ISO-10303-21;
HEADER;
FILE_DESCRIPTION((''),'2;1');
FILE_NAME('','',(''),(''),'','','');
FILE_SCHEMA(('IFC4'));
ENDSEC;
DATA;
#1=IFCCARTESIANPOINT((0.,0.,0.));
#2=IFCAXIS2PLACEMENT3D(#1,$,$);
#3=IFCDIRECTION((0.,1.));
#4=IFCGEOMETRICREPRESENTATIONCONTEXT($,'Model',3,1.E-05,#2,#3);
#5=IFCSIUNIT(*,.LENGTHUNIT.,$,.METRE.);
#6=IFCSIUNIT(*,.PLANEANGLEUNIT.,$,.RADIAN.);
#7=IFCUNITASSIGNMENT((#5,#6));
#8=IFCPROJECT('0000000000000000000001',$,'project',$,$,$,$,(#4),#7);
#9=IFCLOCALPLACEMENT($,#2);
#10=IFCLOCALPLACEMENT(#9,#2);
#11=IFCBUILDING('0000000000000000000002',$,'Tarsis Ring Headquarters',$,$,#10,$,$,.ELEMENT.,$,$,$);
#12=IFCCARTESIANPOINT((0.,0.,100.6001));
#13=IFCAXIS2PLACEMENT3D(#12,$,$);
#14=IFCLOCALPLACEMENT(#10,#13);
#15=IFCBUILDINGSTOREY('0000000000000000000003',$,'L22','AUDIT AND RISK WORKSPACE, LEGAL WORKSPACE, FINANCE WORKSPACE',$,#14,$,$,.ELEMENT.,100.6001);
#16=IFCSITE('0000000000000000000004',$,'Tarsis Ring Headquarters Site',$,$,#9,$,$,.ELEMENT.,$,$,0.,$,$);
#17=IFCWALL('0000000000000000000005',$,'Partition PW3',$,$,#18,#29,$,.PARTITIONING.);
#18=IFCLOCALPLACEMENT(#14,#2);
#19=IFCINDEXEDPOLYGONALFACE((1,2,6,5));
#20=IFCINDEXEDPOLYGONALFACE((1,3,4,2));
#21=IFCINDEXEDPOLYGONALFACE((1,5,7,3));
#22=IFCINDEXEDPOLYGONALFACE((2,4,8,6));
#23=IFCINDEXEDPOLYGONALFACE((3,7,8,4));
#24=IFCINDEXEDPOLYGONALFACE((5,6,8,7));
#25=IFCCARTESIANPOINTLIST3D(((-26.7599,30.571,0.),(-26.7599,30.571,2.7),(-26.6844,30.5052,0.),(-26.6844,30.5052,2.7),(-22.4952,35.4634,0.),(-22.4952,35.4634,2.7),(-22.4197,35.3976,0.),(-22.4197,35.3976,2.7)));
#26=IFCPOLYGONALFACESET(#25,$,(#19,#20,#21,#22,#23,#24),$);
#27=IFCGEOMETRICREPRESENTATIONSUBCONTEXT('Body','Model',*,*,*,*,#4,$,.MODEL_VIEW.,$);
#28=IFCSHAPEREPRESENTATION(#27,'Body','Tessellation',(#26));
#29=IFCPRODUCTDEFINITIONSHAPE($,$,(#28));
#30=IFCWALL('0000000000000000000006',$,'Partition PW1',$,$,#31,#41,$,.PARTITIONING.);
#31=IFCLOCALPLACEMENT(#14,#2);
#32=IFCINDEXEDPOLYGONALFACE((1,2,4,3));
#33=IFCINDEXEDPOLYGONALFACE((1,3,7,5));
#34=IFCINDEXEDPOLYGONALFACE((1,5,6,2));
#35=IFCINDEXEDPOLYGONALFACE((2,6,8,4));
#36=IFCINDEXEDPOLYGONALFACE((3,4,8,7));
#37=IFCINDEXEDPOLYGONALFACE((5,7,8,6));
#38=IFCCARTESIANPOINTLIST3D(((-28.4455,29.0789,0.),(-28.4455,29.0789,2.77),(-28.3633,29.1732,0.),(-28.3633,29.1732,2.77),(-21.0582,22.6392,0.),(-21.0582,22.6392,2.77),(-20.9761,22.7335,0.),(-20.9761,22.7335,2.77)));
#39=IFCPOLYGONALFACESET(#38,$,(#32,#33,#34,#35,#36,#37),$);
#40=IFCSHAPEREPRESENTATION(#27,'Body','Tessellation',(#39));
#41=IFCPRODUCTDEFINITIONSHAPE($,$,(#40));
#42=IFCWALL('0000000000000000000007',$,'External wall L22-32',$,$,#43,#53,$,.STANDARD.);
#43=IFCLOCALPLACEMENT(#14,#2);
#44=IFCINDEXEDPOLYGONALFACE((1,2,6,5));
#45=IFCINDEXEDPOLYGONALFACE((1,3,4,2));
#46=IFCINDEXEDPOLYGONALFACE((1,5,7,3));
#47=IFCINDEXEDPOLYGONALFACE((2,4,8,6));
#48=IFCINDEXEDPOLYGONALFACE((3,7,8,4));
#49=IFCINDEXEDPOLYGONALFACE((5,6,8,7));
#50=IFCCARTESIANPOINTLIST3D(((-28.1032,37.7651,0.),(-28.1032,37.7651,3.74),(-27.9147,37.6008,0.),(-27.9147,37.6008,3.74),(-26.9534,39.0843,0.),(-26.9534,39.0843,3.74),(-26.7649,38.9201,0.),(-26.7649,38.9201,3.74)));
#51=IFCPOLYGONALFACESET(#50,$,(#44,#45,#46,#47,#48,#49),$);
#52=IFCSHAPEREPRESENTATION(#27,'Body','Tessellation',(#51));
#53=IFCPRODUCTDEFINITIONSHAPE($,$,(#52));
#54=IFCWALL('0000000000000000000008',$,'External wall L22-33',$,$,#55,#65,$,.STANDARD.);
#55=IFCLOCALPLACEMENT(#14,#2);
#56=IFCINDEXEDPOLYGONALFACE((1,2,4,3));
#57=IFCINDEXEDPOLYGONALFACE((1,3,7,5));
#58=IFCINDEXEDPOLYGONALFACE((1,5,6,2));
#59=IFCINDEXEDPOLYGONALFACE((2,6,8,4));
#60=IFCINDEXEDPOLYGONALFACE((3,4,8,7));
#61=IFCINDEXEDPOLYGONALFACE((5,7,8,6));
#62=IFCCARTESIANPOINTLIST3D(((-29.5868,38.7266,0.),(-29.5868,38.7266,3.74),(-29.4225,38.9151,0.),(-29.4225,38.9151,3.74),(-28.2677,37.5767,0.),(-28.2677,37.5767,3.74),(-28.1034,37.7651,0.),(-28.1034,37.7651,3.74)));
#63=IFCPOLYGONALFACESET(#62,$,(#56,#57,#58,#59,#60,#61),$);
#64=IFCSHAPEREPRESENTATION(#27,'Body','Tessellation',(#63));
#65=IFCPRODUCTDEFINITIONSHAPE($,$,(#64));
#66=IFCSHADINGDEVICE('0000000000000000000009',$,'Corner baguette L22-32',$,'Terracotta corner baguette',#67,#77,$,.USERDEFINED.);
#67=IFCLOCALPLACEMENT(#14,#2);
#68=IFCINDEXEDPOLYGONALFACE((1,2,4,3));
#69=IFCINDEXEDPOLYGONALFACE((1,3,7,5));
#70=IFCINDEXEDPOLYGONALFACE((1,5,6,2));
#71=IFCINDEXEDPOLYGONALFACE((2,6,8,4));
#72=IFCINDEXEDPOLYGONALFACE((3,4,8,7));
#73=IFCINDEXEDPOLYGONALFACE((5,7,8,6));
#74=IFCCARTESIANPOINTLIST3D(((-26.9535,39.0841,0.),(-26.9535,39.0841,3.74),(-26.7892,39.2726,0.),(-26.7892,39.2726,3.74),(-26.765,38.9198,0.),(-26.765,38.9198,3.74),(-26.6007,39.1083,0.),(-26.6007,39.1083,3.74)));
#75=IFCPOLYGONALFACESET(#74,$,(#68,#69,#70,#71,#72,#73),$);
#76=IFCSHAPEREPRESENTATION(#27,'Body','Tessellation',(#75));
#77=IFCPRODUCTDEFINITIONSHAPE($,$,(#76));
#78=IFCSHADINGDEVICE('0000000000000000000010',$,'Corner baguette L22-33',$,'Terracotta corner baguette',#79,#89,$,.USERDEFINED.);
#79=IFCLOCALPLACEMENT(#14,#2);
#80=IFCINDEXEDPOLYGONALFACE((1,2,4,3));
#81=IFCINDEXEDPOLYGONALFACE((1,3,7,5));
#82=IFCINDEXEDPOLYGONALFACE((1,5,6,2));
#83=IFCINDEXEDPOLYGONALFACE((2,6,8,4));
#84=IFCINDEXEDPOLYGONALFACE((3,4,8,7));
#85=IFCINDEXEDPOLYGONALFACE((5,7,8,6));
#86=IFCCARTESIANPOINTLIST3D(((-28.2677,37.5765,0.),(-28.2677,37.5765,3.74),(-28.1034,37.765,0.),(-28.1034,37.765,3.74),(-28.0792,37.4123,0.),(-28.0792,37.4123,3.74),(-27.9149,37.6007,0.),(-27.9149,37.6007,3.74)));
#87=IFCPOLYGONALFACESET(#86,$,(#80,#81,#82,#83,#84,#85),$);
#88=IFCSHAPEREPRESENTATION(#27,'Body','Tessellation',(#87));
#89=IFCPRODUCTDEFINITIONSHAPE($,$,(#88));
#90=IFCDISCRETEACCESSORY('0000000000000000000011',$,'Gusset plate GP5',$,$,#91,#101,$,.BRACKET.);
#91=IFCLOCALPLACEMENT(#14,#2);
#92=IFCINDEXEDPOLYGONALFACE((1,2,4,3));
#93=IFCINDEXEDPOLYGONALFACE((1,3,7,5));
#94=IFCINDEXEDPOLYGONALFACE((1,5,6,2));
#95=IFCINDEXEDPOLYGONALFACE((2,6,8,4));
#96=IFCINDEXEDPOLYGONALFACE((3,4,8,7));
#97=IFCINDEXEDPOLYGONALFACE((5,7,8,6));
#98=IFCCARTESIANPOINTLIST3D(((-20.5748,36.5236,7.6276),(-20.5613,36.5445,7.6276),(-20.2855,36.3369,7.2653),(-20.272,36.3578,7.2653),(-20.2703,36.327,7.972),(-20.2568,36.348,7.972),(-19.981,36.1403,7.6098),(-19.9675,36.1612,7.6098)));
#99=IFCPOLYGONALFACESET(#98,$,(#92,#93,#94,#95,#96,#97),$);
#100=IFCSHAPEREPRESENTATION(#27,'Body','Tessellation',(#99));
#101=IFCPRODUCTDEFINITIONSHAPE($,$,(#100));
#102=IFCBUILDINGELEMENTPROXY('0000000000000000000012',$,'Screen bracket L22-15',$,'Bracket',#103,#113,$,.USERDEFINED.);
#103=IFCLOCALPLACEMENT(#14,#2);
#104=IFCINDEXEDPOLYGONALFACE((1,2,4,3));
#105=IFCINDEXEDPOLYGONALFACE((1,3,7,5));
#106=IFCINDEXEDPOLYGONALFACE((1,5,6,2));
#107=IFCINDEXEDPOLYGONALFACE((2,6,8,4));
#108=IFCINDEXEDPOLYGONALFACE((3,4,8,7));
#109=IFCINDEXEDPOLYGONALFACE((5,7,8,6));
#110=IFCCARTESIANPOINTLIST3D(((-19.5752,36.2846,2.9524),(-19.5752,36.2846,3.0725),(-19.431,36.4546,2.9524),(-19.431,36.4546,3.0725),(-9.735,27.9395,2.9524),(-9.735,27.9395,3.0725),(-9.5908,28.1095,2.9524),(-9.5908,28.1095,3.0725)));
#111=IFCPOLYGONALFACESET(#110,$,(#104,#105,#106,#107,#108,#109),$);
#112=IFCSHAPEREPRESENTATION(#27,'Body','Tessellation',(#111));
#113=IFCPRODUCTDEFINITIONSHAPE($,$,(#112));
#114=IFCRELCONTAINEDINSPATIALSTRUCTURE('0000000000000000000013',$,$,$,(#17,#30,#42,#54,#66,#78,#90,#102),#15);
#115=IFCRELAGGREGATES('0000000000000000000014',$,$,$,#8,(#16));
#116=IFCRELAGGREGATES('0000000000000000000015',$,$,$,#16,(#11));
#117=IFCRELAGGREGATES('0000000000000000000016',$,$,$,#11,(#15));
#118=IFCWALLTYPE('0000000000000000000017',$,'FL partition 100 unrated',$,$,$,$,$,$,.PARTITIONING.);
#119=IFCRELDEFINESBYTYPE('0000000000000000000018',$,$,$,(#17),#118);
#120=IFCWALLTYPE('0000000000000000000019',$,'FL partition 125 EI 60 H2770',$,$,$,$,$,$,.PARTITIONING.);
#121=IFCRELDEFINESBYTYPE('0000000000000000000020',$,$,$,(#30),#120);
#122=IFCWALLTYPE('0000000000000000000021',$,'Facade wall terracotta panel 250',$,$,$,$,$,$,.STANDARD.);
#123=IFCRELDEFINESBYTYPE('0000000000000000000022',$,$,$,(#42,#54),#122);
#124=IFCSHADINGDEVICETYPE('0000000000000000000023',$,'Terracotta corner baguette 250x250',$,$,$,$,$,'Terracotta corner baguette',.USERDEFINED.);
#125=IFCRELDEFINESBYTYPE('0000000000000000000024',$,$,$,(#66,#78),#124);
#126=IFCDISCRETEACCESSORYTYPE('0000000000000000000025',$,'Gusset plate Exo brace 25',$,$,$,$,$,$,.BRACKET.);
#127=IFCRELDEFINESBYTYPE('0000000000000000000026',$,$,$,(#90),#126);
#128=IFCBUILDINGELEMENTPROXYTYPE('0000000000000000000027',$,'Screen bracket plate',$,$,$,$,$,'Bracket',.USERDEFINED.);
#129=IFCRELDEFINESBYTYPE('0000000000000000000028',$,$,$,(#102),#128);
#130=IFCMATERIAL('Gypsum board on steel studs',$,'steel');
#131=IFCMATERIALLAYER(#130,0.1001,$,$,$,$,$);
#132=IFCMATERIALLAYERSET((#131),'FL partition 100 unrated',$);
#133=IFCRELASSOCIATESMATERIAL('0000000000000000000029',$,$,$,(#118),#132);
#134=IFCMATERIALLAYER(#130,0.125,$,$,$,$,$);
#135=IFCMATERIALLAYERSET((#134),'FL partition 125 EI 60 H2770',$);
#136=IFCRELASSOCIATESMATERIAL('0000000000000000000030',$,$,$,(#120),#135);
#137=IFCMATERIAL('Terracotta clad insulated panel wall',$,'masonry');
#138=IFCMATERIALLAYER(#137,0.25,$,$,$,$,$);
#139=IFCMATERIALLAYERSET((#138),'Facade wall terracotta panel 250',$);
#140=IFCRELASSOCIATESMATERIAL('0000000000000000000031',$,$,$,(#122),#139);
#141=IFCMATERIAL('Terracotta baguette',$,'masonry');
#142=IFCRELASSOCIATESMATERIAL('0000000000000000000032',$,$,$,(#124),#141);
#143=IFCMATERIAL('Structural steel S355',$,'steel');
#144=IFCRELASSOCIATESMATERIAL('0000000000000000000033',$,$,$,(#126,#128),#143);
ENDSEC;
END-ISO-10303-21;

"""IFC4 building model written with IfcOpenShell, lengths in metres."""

from ifc_helpers import new_model, si_unit, direction, frame, frame_2d, origin, origin_2d, place, context, subcontext, project, spatial, rectangle, extrude, material, layer, layer_set, material_profile, profile_set, type_object, element, save


model = new_model("IFC4")

# Units and contexts
model_context = context("Model", 3, precision=1e-05, world=origin(), true_north=direction((0.0, 1.0)))
body_context = subcontext(model_context, "Body", "Model", "MODEL_VIEW")
ifc_project = project(units=[si_unit("LENGTHUNIT", "METRE"), si_unit("PLANEANGLEUNIT", "RADIAN")], contexts=[model_context])

# Site, building, storey
site_placement = place(None, origin())
site = spatial("IfcSite", under=ifc_project, at=site_placement, Name="Tarsis Ring Headquarters Site", CompositionType="ELEMENT", RefElevation=0.0)
building_placement = place(site_placement, origin())
building = spatial("IfcBuilding", under=site, at=building_placement, Name="Tarsis Ring Headquarters", CompositionType="ELEMENT")
storey_placement = place(building_placement, frame((0.0, 0.0, 100.6001)))
storey = spatial("IfcBuildingStorey", under=building, at=storey_placement, Name="L22", Description="AUDIT AND RISK WORKSPACE, LEGAL WORKSPACE, FINANCE WORKSPACE", CompositionType="ELEMENT", Elevation=100.6001)

# Shared definitions
ifc_material_1 = material(Name="Structural steel S355", Category="steel")

# Walls
ifc_material_2 = material(Name="Gypsum board on steel studs", Category="steel")
ifc_layer_1 = layer(ifc_material_2, 0.1001)
ifc_layer_set_1 = layer_set([ifc_layer_1], Name="FL partition 100 unrated")
wall_type_1 = type_object("IfcWallType", Name="FL partition 100 unrated", PredefinedType="PARTITIONING", material=ifc_layer_set_1)
wall_1_placement = place(storey_placement, frame((-26.7222, 30.5381, 0.0), z_axis=(0.0, 0.0, 1.0), x_axis=(0.657095, 0.753808, 0.0)))
element("IfcWall", 1, at=wall_1_placement, inside=storey, type_object=wall_type_1, Name="Partition PW3", PredefinedType="PARTITIONING", context=body_context, shape_type="SweptSolid", body=[
    extrude(rectangle(XDim=6.4902, YDim=0.1001, at=frame_2d((3.2451, 0.0))), origin(), (0.0, 0.0, 1.0), 2.7),
])
ifc_layer_2 = layer(ifc_material_2, 0.125)
ifc_layer_set_2 = layer_set([ifc_layer_2], Name="FL partition 125 EI 60 H2770")
wall_type_2 = type_object("IfcWallType", Name="FL partition 125 EI 60 H2770", PredefinedType="PARTITIONING", material=ifc_layer_set_2)
wall_2_placement = place(storey_placement, frame((-28.4043, 29.126, 0.0), z_axis=(0.0, 0.0, 1.0), x_axis=(0.753795, -0.65711, 0.0)))
element("IfcWall", 2, at=wall_2_placement, inside=storey, type_object=wall_type_2, Name="Partition PW1", PredefinedType="PARTITIONING", context=body_context, shape_type="SweptSolid", body=[
    extrude(rectangle(XDim=9.8, YDim=0.125, at=frame_2d((4.8999, 0.0))), origin(), (0.0, 0.0, 1.0), 2.77),
])
ifc_material_3 = material(Name="Terracotta clad insulated panel wall", Category="masonry")
ifc_layer_3 = layer(ifc_material_3, 0.25)
ifc_layer_set_3 = layer_set([ifc_layer_3], Name="Facade wall terracotta panel 250")
wall_type_3 = type_object("IfcWallType", Name="Facade wall terracotta panel 250", PredefinedType="STANDARD", material=ifc_layer_set_3)
for number, where, z_axis, x_axis, name in (
    (3, (-26.8591, 39.0022, 0.0), (0.0, 0.0, 1.0), (-0.657042, -0.753854, 0.0), "External wall L22-32"),
    (4, (-28.1855, 37.6709, 0.0), (0.0, 0.0, 1.0), (-0.753794, 0.657111, 0.0), "External wall L22-33"),
):
    element("IfcWall", number, at=place(storey_placement, frame(where, z_axis=z_axis, x_axis=x_axis)), inside=storey, type_object=wall_type_3, Name=name, PredefinedType="STANDARD", context=body_context, shape_type="SweptSolid", body=[
        extrude(rectangle(XDim=1.75, YDim=0.25, at=frame_2d((0.875, 0.0))), origin(), (0.0, 0.0, 1.0), 3.74),
    ])

# Shading devices
ifc_material_4 = material(Name="Terracotta baguette", Category="masonry")
shading_device_type_1 = type_object("IfcShadingDeviceType", Name="Terracotta corner baguette 250x250", ElementType="Terracotta corner baguette", PredefinedType="USERDEFINED", material=ifc_material_4)
for number, where, z_axis, x_axis, name in (
    (5, (-26.7771, 39.0962, 0.0), (0.0, 0.0, 1.0), (-0.753793, 0.657112, 0.0), "Corner baguette L22-32"),
    (6, (-28.0913, 37.5886, 0.0), (0.0, 0.0, 1.0), (-0.657112, -0.753793, 0.0), "Corner baguette L22-33"),
):
    element("IfcShadingDevice", number, at=place(storey_placement, frame(where, z_axis=z_axis, x_axis=x_axis)), inside=storey, type_object=shading_device_type_1, Name=name, ObjectType="Terracotta corner baguette", PredefinedType="USERDEFINED", context=body_context, shape_type="SweptSolid", body=[
        extrude(rectangle(XDim=0.25, YDim=0.25, at=origin_2d()), origin(), (0.0, 0.0, 1.0), 3.74),
    ])

# Discrete accessory
ifc_material_profile_1 = material_profile(ifc_material_1, rectangle(XDim=0.0249, YDim=0.5, at=origin_2d()), Name="PL 25x500")
ifc_profile_set_1 = profile_set([ifc_material_profile_1], Name="Structural steel S355")
discrete_accessory_type = type_object("IfcDiscreteAccessoryType", Name="Gusset plate Exo brace 25", PredefinedType="BRACKET", material=ifc_profile_set_1)
discrete_accessory_placement = place(storey_placement, frame((-20.4158, 36.4358, 7.7998), z_axis=(0.578793, -0.373651, -0.724834), x_axis=(0.542369, 0.84014, 0.0)))
element("IfcDiscreteAccessory", 7, at=discrete_accessory_placement, inside=storey, type_object=discrete_accessory_type, Name="Gusset plate GP5", PredefinedType="BRACKET", context=body_context, shape_type="SweptSolid", body=[
    extrude(rectangle(XDim=0.0249, YDim=0.5, at=origin_2d()), origin(), (0.0, 0.0, 1.0), 0.4998),
])

# Building element proxy
building_element_proxy_type = type_object("IfcBuildingElementProxyType", Name="Screen bracket plate", ElementType="Bracket", PredefinedType="USERDEFINED", material=ifc_material_1)
proxy_placement = place(storey_placement, frame((-14.583, 32.197, 2.9524), z_axis=(0.0, 0.0, 1.0), x_axis=(-0.762668, 0.64679, 0.0)))
element("IfcBuildingElementProxy", 8, at=proxy_placement, inside=storey, type_object=building_element_proxy_type, Name="Screen bracket L22-15", ObjectType="Bracket", PredefinedType="USERDEFINED", context=body_context, shape_type="SweptSolid", body=[
    extrude(rectangle(XDim=12.9023, YDim=0.2229, at=origin_2d()), origin(), (0.0, 0.0, 1.0), 0.1201),
])

save(model, "model.ifc")
